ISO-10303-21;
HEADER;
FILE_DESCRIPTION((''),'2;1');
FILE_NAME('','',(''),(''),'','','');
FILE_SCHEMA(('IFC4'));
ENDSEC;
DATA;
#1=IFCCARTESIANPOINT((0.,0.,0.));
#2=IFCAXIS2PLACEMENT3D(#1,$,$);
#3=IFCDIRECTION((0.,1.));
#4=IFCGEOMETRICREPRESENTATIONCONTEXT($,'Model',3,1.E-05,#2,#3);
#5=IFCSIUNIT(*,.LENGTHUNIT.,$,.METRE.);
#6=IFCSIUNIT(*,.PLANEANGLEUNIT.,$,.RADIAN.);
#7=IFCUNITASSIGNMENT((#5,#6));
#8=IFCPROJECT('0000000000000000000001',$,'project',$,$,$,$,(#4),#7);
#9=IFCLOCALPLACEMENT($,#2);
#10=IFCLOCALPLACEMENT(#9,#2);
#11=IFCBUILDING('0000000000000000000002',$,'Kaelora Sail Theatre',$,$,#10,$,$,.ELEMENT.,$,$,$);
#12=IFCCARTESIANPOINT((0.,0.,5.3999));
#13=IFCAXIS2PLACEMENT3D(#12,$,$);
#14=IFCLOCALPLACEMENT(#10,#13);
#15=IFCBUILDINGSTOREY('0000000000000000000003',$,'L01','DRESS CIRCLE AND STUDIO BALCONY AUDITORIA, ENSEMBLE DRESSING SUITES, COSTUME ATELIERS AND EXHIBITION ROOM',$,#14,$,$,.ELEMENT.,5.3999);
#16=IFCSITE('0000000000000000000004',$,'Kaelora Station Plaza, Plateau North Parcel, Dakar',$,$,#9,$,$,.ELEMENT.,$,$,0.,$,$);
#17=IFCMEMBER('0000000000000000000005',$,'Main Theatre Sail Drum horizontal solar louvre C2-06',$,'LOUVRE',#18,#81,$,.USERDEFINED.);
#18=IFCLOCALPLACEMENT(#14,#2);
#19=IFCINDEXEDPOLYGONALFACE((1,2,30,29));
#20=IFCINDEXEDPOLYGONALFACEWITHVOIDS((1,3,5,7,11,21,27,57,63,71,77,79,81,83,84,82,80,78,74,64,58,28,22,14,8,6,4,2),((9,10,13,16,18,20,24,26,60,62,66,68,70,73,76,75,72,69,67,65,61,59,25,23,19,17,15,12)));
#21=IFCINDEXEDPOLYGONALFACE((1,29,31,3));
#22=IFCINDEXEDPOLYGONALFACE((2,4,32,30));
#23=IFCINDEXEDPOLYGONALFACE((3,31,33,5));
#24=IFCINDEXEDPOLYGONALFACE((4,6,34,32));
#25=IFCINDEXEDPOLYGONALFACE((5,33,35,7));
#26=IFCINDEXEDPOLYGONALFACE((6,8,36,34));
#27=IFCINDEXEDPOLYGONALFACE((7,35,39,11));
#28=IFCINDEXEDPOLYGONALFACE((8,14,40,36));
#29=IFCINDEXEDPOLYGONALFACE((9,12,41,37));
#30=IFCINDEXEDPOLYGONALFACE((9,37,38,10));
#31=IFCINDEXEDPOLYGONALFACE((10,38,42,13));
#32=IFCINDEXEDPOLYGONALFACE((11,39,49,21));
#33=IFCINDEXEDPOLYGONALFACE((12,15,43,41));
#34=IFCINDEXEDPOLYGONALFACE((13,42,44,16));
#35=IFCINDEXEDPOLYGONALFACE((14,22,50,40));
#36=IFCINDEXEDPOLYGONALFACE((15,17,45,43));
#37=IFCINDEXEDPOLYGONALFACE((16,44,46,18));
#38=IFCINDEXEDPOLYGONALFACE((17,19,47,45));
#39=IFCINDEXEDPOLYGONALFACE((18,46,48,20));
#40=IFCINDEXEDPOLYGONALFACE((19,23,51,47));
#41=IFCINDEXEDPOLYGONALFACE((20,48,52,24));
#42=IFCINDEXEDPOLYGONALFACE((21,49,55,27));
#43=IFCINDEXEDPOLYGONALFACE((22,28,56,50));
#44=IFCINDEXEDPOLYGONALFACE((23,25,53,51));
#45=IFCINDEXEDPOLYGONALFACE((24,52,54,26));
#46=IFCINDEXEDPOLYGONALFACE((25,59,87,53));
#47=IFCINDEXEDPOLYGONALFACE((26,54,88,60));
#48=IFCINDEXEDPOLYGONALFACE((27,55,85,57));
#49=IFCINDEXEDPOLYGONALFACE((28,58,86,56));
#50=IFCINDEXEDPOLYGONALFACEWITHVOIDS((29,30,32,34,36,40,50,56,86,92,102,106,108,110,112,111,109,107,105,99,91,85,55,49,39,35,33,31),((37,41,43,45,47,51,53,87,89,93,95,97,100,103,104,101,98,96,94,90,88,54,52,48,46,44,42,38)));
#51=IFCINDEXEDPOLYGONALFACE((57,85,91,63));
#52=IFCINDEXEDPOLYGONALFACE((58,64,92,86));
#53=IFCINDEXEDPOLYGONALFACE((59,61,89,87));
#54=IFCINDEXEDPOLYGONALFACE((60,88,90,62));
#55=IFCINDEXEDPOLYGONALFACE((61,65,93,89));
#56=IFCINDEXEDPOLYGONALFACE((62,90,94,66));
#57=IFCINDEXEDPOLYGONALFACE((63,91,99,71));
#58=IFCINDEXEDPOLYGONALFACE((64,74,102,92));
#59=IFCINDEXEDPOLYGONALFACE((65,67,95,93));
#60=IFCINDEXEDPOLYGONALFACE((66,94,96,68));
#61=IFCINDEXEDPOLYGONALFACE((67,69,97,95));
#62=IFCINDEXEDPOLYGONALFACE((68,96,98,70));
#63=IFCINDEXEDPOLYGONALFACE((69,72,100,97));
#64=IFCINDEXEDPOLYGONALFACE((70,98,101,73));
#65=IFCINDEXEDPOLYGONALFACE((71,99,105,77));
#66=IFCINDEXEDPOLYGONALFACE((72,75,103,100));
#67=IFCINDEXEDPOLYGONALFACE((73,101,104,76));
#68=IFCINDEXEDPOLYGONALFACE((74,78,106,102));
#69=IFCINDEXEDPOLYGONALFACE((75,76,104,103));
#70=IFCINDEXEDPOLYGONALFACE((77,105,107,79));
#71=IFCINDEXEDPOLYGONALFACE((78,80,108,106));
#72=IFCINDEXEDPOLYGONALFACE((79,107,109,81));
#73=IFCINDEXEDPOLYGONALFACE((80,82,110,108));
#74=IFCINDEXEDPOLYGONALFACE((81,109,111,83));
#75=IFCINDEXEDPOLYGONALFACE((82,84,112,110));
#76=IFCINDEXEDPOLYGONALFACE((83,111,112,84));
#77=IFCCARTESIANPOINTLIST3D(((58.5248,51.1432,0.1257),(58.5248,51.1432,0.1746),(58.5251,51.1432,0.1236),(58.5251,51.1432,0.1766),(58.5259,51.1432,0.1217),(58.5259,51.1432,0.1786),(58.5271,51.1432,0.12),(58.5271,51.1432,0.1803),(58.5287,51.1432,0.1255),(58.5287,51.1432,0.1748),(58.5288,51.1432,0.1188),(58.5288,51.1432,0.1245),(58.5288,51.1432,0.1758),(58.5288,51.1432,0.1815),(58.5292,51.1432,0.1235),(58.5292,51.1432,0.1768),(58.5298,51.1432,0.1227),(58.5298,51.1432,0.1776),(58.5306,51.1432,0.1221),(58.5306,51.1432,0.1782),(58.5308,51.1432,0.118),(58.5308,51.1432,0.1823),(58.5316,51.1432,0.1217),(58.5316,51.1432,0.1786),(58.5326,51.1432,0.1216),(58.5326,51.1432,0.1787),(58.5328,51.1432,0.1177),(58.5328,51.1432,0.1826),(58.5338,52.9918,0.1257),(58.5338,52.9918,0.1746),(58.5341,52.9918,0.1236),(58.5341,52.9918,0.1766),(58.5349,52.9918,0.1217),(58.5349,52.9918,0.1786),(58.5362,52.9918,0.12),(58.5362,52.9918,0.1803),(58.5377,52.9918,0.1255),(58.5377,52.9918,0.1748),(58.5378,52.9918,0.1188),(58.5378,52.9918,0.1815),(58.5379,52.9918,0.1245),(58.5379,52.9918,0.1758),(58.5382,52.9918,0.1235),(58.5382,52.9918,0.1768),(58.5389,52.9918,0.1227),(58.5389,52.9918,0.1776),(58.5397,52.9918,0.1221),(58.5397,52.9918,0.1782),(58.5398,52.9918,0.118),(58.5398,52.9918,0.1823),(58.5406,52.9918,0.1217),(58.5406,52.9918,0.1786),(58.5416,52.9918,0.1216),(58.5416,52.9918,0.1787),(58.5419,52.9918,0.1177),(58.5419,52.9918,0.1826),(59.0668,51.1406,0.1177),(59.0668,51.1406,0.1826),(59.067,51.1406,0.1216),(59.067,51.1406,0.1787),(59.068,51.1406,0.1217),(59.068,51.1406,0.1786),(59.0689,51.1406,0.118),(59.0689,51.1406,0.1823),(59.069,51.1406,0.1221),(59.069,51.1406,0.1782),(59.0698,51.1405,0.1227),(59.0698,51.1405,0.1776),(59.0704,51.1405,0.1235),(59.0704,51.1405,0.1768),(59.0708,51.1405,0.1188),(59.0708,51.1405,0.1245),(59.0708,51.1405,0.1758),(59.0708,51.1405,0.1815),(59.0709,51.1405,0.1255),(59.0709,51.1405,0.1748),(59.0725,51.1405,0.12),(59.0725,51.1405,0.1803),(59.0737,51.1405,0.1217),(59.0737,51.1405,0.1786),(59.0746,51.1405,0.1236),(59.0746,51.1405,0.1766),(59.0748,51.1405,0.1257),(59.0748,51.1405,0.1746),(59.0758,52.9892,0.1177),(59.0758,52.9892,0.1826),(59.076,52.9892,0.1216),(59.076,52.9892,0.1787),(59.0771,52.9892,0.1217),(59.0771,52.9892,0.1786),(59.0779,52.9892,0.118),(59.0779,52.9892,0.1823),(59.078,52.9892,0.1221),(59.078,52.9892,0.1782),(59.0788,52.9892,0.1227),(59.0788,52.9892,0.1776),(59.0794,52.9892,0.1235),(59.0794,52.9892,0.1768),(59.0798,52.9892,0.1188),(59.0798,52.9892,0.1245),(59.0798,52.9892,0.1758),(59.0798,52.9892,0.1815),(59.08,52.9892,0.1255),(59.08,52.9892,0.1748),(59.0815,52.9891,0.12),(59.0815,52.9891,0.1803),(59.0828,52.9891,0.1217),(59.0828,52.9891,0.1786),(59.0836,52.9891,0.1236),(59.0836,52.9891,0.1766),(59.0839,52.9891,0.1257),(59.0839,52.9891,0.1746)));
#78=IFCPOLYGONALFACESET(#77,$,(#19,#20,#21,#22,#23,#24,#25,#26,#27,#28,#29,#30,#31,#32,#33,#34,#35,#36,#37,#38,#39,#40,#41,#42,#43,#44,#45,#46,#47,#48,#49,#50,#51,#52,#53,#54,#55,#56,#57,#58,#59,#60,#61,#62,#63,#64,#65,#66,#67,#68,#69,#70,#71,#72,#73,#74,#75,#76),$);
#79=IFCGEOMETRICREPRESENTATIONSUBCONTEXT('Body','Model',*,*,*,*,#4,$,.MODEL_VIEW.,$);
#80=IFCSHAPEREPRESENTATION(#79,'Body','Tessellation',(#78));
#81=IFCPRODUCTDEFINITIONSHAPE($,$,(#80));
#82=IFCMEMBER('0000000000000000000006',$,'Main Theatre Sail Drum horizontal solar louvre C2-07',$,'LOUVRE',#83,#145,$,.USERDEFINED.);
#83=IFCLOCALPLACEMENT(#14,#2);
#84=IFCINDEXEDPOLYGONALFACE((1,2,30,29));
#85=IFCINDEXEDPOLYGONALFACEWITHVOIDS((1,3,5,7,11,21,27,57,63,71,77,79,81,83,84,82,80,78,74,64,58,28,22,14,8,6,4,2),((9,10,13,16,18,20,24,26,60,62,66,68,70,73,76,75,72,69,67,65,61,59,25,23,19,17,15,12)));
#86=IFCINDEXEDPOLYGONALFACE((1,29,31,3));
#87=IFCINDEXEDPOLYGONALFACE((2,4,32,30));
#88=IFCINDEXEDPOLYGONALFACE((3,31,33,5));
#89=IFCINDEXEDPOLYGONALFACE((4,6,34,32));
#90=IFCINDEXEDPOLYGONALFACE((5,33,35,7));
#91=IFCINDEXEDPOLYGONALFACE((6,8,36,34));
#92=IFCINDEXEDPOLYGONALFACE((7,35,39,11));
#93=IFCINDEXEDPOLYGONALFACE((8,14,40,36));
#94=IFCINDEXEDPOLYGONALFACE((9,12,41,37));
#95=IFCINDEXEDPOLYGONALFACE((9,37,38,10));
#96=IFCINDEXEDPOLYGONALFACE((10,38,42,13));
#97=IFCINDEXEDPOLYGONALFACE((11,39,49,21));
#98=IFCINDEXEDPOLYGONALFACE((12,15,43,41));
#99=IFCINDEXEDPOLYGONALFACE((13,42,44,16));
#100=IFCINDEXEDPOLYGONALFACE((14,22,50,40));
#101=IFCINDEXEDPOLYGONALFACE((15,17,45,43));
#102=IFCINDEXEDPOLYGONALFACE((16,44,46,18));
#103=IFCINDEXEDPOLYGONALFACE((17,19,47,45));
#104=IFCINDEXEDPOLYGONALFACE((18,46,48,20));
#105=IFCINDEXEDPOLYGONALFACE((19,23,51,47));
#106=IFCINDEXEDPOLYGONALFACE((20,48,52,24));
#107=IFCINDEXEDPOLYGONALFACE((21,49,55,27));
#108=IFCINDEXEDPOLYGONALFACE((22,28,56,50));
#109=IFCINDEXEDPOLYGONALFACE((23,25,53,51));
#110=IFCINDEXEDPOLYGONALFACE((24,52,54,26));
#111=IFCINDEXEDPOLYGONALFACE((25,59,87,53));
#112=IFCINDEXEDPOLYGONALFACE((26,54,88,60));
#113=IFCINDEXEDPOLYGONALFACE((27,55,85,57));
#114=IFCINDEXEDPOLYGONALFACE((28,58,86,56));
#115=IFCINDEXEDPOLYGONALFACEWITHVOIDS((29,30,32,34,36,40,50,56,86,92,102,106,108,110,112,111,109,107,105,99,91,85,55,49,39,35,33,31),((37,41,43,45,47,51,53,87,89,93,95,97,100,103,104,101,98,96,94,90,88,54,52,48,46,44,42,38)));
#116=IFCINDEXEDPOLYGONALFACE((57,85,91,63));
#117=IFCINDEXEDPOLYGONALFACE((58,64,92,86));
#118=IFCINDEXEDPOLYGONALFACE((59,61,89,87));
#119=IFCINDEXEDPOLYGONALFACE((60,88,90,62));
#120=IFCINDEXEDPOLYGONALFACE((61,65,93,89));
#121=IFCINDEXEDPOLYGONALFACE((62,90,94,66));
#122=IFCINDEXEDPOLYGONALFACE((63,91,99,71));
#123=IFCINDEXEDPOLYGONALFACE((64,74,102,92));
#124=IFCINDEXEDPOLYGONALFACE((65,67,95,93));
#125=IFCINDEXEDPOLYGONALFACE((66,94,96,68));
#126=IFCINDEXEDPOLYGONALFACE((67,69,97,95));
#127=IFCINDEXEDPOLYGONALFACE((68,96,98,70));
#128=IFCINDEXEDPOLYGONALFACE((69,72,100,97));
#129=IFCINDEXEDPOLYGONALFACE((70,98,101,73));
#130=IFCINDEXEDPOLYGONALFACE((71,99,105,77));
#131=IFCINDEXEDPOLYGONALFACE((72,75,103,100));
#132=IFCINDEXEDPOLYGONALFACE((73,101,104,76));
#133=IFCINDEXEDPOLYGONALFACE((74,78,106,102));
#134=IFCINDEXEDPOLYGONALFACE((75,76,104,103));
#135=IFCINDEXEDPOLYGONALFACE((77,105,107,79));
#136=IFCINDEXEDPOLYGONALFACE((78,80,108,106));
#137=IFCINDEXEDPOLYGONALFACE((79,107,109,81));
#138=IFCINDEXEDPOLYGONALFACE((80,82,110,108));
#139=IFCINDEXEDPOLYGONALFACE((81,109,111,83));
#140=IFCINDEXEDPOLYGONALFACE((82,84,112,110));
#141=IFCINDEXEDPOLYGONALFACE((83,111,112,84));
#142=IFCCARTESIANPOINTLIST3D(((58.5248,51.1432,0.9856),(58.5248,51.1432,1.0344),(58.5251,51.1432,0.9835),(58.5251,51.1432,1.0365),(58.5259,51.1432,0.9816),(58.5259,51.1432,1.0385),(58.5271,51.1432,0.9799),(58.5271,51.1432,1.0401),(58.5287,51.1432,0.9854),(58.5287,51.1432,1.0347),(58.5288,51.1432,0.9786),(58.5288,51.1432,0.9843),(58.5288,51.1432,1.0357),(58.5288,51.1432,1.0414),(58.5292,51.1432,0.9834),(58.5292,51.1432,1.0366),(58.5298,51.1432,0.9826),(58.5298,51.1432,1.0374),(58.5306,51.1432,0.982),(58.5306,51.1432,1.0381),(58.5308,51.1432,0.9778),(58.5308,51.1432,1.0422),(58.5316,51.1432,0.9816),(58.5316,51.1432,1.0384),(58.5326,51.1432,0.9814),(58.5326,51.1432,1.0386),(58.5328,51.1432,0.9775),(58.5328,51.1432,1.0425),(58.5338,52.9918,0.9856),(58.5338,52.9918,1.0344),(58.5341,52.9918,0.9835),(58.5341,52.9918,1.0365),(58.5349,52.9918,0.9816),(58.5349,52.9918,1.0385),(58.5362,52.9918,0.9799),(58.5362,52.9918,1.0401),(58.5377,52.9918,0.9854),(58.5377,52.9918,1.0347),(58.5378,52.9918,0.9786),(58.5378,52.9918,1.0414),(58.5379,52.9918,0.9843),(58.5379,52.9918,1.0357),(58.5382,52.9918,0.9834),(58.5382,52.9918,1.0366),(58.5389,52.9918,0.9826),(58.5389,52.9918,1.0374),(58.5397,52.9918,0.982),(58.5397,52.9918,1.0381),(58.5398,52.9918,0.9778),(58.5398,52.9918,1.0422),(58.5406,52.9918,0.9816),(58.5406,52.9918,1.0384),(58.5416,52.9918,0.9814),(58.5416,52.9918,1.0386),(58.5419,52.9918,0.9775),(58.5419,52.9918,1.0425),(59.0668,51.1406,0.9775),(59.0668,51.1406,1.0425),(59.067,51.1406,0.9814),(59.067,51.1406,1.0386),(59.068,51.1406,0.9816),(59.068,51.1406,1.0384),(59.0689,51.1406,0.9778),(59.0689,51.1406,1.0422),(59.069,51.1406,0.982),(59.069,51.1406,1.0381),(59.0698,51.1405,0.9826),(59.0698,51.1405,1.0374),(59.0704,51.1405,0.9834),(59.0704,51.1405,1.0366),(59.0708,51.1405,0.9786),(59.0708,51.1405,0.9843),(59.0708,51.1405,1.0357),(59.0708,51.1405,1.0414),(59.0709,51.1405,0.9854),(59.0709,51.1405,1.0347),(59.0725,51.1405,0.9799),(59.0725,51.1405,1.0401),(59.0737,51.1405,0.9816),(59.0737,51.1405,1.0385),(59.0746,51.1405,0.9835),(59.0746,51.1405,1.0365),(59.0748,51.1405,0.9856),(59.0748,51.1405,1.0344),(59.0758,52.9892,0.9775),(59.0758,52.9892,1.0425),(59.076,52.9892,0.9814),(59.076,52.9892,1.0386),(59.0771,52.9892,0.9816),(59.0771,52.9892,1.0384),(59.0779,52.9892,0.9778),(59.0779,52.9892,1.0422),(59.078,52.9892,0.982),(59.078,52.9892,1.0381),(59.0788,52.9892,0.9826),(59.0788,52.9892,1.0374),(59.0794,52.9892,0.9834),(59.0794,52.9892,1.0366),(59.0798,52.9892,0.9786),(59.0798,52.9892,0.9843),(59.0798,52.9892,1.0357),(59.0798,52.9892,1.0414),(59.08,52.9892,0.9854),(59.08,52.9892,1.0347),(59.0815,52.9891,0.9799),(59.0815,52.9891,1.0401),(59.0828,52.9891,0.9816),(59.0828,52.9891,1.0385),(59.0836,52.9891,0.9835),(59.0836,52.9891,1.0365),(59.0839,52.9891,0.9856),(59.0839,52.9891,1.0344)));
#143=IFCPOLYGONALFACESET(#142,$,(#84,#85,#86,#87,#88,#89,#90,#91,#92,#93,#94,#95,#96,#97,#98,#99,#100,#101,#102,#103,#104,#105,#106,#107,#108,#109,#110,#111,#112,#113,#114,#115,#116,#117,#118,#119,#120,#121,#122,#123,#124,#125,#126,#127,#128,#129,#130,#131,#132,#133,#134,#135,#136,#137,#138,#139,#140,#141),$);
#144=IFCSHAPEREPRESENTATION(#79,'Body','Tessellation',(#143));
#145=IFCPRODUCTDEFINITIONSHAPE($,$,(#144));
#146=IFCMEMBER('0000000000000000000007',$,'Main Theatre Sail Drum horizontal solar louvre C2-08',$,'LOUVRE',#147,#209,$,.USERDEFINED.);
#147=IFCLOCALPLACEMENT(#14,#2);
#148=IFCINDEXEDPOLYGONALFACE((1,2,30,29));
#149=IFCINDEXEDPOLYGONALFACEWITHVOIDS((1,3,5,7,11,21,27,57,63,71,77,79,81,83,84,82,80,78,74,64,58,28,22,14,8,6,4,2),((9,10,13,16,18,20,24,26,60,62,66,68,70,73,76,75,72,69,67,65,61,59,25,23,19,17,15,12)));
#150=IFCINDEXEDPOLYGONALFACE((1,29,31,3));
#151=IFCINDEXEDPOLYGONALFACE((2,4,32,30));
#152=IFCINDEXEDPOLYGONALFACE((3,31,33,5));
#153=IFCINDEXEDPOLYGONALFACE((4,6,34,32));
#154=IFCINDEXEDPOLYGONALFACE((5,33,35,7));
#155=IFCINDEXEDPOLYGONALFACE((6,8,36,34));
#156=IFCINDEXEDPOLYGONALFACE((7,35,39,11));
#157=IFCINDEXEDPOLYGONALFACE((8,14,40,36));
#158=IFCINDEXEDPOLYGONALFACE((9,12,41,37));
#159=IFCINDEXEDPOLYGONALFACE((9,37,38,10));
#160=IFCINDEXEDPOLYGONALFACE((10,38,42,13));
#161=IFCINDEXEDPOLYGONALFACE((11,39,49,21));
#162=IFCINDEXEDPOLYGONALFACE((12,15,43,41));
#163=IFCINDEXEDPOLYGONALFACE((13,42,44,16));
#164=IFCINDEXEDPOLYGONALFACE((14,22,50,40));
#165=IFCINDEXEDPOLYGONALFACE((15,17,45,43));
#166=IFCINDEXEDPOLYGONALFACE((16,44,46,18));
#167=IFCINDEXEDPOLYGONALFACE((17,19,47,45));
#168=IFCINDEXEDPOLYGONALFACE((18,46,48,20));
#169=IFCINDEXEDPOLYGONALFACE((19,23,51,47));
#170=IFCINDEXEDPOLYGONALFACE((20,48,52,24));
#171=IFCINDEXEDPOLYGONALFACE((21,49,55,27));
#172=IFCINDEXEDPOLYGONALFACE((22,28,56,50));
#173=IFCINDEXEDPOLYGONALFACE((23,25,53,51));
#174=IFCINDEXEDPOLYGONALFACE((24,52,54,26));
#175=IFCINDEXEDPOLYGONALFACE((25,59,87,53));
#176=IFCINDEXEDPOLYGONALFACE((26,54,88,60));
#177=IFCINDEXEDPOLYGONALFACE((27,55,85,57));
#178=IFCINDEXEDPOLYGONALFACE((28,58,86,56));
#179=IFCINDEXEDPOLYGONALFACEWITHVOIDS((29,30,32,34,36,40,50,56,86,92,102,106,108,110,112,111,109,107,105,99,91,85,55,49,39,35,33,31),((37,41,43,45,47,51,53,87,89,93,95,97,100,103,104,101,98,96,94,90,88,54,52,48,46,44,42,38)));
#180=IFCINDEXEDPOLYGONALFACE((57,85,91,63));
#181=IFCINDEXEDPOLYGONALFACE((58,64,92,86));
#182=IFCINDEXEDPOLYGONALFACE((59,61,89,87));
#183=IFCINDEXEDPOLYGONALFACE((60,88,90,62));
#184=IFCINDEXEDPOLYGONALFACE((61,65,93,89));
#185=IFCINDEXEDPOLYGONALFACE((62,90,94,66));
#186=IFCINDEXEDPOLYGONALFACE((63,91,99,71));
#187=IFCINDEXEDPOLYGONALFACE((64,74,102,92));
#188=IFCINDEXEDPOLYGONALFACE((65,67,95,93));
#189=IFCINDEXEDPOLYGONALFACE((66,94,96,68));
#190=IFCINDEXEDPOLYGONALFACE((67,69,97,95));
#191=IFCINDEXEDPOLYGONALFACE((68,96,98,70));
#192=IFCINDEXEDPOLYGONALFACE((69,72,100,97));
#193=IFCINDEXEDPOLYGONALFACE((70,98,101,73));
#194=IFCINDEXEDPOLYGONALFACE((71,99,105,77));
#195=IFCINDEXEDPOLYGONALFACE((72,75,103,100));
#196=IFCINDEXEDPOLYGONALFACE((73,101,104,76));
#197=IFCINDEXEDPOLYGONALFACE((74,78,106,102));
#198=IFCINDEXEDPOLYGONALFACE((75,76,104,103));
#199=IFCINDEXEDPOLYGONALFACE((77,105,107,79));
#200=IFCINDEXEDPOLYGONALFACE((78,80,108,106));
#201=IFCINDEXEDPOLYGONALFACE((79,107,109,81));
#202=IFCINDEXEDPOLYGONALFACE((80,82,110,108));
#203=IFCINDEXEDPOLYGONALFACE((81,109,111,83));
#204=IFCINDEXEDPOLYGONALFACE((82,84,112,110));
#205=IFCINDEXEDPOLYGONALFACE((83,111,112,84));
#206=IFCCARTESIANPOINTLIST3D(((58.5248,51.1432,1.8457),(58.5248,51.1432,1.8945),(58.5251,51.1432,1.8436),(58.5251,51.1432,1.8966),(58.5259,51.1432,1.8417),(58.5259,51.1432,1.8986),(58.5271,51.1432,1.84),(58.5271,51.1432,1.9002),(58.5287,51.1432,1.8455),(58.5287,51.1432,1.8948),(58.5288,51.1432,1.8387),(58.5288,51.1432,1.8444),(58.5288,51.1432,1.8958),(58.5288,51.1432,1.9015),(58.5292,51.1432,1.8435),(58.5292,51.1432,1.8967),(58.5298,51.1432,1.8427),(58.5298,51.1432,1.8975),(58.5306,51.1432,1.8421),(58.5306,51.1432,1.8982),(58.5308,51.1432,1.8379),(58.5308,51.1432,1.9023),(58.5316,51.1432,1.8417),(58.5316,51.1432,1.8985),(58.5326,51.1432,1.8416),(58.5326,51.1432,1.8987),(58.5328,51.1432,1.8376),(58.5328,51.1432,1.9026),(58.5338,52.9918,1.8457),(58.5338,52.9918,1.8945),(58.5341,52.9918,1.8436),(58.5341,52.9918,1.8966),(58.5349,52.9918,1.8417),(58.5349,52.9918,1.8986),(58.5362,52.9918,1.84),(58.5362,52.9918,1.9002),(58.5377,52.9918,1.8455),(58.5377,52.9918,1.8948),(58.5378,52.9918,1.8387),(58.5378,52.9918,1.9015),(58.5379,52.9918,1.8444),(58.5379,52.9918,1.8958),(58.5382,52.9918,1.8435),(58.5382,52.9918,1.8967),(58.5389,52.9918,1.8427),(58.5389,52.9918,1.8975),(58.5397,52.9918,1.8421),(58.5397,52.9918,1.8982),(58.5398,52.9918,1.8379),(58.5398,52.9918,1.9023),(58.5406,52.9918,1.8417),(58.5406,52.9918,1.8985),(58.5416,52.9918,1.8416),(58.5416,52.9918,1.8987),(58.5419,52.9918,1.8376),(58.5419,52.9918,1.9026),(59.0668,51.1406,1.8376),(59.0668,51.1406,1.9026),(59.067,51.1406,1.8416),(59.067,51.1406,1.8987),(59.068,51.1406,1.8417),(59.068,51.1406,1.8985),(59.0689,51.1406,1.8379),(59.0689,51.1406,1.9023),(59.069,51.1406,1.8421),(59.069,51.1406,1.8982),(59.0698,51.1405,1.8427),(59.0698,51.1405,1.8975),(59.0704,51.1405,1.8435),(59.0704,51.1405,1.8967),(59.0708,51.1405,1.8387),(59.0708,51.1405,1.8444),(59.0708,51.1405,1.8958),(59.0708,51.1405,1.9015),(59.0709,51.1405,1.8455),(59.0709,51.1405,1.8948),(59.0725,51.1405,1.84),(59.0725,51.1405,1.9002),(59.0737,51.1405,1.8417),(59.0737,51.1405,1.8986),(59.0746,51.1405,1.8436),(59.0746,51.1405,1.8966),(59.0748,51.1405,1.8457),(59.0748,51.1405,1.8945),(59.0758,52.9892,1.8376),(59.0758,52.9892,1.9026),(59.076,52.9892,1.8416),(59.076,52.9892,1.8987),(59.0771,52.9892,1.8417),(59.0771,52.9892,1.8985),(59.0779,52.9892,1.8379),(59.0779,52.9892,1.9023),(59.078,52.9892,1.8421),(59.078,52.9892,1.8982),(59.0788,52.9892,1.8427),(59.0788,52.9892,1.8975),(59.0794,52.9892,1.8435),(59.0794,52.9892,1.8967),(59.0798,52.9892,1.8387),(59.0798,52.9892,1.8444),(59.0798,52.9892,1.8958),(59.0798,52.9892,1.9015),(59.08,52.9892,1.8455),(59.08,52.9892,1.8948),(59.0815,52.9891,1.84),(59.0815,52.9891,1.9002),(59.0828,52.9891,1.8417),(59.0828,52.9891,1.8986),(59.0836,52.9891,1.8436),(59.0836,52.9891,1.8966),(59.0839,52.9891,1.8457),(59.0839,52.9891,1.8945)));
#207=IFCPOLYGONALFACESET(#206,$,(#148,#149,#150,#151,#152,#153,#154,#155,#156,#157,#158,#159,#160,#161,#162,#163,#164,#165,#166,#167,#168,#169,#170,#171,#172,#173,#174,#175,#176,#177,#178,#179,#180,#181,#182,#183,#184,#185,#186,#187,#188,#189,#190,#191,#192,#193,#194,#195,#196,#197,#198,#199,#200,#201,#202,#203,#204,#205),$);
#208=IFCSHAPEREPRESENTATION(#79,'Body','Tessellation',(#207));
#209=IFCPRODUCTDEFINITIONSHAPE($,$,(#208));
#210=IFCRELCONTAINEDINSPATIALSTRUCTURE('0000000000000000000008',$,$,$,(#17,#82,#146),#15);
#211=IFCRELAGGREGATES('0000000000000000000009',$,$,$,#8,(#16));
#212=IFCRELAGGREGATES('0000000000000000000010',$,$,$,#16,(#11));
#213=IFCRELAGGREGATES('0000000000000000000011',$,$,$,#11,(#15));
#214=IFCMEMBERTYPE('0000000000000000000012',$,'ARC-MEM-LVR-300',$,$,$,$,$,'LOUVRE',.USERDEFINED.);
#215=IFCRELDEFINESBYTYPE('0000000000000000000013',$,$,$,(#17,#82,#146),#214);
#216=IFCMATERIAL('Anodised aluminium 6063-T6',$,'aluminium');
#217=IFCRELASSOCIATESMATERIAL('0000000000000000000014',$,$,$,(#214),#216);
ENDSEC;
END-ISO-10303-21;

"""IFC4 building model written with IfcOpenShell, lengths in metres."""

from ifc_helpers import new_model, si_unit, direction, frame, origin, origin_2d, place, context, subcontext, project, spatial, hollow_rectangle, extrude, material, material_profile, profile_set, type_object, element, save


model = new_model("IFC4")

# Units and contexts
model_context = context("Model", 3, precision=1e-05, world=origin(), true_north=direction((0.0, 1.0)))
body_context = subcontext(model_context, "Body", "Model", "MODEL_VIEW")
ifc_project = project(units=[si_unit("LENGTHUNIT", "METRE"), si_unit("PLANEANGLEUNIT", "RADIAN")], contexts=[model_context])

# Site, building, storey
site_placement = place(None, origin())
site = spatial("IfcSite", under=ifc_project, at=site_placement, Name="Kaelora Station Plaza, Plateau North Parcel, Dakar", CompositionType="ELEMENT", RefElevation=0.0)
building_placement = place(site_placement, origin())
building = spatial("IfcBuilding", under=site, at=building_placement, Name="Kaelora Sail Theatre", CompositionType="ELEMENT")
storey_placement = place(building_placement, frame((0.0, 0.0, 5.3999)))
storey = spatial("IfcBuildingStorey", under=building, at=storey_placement, Name="L01", Description="DRESS CIRCLE AND STUDIO BALCONY AUDITORIA, ENSEMBLE DRESSING SUITES, COSTUME ATELIERS AND EXHIBITION ROOM", CompositionType="ELEMENT", Elevation=5.3999)

# Members
ifc_material_1 = material(Name="Anodised aluminium 6063-T6", Category="aluminium")
ifc_material_profile_1 = material_profile(ifc_material_1, hollow_rectangle(XDim=0.55, YDim=0.0649, WallThickness=0.0039, InnerFilletRadius=0.0039, OuterFilletRadius=0.0081, at=origin_2d()), Name="LOUVRE 550x65x4")
ifc_profile_set_1 = profile_set([ifc_material_profile_1], Name="Anodised aluminium 6063-T6")
member_type_1 = type_object("IfcMemberType", Name="ARC-MEM-LVR-300", ElementType="LOUVRE", PredefinedType="USERDEFINED", material=ifc_profile_set_1)
for number, where, z_axis, x_axis, name in (
    (1, (58.8088, 52.9905, 0.1501), (-0.004886, -0.999988, 0.0), (0.999988, -0.004886, 0.0), "Main Theatre Sail Drum horizontal solar louvre C2-06"),
    (2, (58.8088, 52.9905, 1.01), (-0.004886, -0.999988, 0.0), (0.999988, -0.004886, 0.0), "Main Theatre Sail Drum horizontal solar louvre C2-07"),
    (3, (58.8088, 52.9905, 1.8701), (-0.004886, -0.999988, 0.0), (0.999988, -0.004886, 0.0), "Main Theatre Sail Drum horizontal solar louvre C2-08"),
):
    element("IfcMember", number, at=place(storey_placement, frame(where, z_axis=z_axis, x_axis=x_axis)), inside=storey, type_object=member_type_1, Name=name, ObjectType="LOUVRE", PredefinedType="USERDEFINED", context=body_context, shape_type="SweptSolid", body=[
        extrude(hollow_rectangle(XDim=0.55, YDim=0.0649, WallThickness=0.0039, InnerFilletRadius=0.0039, OuterFilletRadius=0.0081, at=origin_2d()), origin(), (0.0, 0.0, 1.0), 1.8486),
    ])

save(model, "model.ifc")
